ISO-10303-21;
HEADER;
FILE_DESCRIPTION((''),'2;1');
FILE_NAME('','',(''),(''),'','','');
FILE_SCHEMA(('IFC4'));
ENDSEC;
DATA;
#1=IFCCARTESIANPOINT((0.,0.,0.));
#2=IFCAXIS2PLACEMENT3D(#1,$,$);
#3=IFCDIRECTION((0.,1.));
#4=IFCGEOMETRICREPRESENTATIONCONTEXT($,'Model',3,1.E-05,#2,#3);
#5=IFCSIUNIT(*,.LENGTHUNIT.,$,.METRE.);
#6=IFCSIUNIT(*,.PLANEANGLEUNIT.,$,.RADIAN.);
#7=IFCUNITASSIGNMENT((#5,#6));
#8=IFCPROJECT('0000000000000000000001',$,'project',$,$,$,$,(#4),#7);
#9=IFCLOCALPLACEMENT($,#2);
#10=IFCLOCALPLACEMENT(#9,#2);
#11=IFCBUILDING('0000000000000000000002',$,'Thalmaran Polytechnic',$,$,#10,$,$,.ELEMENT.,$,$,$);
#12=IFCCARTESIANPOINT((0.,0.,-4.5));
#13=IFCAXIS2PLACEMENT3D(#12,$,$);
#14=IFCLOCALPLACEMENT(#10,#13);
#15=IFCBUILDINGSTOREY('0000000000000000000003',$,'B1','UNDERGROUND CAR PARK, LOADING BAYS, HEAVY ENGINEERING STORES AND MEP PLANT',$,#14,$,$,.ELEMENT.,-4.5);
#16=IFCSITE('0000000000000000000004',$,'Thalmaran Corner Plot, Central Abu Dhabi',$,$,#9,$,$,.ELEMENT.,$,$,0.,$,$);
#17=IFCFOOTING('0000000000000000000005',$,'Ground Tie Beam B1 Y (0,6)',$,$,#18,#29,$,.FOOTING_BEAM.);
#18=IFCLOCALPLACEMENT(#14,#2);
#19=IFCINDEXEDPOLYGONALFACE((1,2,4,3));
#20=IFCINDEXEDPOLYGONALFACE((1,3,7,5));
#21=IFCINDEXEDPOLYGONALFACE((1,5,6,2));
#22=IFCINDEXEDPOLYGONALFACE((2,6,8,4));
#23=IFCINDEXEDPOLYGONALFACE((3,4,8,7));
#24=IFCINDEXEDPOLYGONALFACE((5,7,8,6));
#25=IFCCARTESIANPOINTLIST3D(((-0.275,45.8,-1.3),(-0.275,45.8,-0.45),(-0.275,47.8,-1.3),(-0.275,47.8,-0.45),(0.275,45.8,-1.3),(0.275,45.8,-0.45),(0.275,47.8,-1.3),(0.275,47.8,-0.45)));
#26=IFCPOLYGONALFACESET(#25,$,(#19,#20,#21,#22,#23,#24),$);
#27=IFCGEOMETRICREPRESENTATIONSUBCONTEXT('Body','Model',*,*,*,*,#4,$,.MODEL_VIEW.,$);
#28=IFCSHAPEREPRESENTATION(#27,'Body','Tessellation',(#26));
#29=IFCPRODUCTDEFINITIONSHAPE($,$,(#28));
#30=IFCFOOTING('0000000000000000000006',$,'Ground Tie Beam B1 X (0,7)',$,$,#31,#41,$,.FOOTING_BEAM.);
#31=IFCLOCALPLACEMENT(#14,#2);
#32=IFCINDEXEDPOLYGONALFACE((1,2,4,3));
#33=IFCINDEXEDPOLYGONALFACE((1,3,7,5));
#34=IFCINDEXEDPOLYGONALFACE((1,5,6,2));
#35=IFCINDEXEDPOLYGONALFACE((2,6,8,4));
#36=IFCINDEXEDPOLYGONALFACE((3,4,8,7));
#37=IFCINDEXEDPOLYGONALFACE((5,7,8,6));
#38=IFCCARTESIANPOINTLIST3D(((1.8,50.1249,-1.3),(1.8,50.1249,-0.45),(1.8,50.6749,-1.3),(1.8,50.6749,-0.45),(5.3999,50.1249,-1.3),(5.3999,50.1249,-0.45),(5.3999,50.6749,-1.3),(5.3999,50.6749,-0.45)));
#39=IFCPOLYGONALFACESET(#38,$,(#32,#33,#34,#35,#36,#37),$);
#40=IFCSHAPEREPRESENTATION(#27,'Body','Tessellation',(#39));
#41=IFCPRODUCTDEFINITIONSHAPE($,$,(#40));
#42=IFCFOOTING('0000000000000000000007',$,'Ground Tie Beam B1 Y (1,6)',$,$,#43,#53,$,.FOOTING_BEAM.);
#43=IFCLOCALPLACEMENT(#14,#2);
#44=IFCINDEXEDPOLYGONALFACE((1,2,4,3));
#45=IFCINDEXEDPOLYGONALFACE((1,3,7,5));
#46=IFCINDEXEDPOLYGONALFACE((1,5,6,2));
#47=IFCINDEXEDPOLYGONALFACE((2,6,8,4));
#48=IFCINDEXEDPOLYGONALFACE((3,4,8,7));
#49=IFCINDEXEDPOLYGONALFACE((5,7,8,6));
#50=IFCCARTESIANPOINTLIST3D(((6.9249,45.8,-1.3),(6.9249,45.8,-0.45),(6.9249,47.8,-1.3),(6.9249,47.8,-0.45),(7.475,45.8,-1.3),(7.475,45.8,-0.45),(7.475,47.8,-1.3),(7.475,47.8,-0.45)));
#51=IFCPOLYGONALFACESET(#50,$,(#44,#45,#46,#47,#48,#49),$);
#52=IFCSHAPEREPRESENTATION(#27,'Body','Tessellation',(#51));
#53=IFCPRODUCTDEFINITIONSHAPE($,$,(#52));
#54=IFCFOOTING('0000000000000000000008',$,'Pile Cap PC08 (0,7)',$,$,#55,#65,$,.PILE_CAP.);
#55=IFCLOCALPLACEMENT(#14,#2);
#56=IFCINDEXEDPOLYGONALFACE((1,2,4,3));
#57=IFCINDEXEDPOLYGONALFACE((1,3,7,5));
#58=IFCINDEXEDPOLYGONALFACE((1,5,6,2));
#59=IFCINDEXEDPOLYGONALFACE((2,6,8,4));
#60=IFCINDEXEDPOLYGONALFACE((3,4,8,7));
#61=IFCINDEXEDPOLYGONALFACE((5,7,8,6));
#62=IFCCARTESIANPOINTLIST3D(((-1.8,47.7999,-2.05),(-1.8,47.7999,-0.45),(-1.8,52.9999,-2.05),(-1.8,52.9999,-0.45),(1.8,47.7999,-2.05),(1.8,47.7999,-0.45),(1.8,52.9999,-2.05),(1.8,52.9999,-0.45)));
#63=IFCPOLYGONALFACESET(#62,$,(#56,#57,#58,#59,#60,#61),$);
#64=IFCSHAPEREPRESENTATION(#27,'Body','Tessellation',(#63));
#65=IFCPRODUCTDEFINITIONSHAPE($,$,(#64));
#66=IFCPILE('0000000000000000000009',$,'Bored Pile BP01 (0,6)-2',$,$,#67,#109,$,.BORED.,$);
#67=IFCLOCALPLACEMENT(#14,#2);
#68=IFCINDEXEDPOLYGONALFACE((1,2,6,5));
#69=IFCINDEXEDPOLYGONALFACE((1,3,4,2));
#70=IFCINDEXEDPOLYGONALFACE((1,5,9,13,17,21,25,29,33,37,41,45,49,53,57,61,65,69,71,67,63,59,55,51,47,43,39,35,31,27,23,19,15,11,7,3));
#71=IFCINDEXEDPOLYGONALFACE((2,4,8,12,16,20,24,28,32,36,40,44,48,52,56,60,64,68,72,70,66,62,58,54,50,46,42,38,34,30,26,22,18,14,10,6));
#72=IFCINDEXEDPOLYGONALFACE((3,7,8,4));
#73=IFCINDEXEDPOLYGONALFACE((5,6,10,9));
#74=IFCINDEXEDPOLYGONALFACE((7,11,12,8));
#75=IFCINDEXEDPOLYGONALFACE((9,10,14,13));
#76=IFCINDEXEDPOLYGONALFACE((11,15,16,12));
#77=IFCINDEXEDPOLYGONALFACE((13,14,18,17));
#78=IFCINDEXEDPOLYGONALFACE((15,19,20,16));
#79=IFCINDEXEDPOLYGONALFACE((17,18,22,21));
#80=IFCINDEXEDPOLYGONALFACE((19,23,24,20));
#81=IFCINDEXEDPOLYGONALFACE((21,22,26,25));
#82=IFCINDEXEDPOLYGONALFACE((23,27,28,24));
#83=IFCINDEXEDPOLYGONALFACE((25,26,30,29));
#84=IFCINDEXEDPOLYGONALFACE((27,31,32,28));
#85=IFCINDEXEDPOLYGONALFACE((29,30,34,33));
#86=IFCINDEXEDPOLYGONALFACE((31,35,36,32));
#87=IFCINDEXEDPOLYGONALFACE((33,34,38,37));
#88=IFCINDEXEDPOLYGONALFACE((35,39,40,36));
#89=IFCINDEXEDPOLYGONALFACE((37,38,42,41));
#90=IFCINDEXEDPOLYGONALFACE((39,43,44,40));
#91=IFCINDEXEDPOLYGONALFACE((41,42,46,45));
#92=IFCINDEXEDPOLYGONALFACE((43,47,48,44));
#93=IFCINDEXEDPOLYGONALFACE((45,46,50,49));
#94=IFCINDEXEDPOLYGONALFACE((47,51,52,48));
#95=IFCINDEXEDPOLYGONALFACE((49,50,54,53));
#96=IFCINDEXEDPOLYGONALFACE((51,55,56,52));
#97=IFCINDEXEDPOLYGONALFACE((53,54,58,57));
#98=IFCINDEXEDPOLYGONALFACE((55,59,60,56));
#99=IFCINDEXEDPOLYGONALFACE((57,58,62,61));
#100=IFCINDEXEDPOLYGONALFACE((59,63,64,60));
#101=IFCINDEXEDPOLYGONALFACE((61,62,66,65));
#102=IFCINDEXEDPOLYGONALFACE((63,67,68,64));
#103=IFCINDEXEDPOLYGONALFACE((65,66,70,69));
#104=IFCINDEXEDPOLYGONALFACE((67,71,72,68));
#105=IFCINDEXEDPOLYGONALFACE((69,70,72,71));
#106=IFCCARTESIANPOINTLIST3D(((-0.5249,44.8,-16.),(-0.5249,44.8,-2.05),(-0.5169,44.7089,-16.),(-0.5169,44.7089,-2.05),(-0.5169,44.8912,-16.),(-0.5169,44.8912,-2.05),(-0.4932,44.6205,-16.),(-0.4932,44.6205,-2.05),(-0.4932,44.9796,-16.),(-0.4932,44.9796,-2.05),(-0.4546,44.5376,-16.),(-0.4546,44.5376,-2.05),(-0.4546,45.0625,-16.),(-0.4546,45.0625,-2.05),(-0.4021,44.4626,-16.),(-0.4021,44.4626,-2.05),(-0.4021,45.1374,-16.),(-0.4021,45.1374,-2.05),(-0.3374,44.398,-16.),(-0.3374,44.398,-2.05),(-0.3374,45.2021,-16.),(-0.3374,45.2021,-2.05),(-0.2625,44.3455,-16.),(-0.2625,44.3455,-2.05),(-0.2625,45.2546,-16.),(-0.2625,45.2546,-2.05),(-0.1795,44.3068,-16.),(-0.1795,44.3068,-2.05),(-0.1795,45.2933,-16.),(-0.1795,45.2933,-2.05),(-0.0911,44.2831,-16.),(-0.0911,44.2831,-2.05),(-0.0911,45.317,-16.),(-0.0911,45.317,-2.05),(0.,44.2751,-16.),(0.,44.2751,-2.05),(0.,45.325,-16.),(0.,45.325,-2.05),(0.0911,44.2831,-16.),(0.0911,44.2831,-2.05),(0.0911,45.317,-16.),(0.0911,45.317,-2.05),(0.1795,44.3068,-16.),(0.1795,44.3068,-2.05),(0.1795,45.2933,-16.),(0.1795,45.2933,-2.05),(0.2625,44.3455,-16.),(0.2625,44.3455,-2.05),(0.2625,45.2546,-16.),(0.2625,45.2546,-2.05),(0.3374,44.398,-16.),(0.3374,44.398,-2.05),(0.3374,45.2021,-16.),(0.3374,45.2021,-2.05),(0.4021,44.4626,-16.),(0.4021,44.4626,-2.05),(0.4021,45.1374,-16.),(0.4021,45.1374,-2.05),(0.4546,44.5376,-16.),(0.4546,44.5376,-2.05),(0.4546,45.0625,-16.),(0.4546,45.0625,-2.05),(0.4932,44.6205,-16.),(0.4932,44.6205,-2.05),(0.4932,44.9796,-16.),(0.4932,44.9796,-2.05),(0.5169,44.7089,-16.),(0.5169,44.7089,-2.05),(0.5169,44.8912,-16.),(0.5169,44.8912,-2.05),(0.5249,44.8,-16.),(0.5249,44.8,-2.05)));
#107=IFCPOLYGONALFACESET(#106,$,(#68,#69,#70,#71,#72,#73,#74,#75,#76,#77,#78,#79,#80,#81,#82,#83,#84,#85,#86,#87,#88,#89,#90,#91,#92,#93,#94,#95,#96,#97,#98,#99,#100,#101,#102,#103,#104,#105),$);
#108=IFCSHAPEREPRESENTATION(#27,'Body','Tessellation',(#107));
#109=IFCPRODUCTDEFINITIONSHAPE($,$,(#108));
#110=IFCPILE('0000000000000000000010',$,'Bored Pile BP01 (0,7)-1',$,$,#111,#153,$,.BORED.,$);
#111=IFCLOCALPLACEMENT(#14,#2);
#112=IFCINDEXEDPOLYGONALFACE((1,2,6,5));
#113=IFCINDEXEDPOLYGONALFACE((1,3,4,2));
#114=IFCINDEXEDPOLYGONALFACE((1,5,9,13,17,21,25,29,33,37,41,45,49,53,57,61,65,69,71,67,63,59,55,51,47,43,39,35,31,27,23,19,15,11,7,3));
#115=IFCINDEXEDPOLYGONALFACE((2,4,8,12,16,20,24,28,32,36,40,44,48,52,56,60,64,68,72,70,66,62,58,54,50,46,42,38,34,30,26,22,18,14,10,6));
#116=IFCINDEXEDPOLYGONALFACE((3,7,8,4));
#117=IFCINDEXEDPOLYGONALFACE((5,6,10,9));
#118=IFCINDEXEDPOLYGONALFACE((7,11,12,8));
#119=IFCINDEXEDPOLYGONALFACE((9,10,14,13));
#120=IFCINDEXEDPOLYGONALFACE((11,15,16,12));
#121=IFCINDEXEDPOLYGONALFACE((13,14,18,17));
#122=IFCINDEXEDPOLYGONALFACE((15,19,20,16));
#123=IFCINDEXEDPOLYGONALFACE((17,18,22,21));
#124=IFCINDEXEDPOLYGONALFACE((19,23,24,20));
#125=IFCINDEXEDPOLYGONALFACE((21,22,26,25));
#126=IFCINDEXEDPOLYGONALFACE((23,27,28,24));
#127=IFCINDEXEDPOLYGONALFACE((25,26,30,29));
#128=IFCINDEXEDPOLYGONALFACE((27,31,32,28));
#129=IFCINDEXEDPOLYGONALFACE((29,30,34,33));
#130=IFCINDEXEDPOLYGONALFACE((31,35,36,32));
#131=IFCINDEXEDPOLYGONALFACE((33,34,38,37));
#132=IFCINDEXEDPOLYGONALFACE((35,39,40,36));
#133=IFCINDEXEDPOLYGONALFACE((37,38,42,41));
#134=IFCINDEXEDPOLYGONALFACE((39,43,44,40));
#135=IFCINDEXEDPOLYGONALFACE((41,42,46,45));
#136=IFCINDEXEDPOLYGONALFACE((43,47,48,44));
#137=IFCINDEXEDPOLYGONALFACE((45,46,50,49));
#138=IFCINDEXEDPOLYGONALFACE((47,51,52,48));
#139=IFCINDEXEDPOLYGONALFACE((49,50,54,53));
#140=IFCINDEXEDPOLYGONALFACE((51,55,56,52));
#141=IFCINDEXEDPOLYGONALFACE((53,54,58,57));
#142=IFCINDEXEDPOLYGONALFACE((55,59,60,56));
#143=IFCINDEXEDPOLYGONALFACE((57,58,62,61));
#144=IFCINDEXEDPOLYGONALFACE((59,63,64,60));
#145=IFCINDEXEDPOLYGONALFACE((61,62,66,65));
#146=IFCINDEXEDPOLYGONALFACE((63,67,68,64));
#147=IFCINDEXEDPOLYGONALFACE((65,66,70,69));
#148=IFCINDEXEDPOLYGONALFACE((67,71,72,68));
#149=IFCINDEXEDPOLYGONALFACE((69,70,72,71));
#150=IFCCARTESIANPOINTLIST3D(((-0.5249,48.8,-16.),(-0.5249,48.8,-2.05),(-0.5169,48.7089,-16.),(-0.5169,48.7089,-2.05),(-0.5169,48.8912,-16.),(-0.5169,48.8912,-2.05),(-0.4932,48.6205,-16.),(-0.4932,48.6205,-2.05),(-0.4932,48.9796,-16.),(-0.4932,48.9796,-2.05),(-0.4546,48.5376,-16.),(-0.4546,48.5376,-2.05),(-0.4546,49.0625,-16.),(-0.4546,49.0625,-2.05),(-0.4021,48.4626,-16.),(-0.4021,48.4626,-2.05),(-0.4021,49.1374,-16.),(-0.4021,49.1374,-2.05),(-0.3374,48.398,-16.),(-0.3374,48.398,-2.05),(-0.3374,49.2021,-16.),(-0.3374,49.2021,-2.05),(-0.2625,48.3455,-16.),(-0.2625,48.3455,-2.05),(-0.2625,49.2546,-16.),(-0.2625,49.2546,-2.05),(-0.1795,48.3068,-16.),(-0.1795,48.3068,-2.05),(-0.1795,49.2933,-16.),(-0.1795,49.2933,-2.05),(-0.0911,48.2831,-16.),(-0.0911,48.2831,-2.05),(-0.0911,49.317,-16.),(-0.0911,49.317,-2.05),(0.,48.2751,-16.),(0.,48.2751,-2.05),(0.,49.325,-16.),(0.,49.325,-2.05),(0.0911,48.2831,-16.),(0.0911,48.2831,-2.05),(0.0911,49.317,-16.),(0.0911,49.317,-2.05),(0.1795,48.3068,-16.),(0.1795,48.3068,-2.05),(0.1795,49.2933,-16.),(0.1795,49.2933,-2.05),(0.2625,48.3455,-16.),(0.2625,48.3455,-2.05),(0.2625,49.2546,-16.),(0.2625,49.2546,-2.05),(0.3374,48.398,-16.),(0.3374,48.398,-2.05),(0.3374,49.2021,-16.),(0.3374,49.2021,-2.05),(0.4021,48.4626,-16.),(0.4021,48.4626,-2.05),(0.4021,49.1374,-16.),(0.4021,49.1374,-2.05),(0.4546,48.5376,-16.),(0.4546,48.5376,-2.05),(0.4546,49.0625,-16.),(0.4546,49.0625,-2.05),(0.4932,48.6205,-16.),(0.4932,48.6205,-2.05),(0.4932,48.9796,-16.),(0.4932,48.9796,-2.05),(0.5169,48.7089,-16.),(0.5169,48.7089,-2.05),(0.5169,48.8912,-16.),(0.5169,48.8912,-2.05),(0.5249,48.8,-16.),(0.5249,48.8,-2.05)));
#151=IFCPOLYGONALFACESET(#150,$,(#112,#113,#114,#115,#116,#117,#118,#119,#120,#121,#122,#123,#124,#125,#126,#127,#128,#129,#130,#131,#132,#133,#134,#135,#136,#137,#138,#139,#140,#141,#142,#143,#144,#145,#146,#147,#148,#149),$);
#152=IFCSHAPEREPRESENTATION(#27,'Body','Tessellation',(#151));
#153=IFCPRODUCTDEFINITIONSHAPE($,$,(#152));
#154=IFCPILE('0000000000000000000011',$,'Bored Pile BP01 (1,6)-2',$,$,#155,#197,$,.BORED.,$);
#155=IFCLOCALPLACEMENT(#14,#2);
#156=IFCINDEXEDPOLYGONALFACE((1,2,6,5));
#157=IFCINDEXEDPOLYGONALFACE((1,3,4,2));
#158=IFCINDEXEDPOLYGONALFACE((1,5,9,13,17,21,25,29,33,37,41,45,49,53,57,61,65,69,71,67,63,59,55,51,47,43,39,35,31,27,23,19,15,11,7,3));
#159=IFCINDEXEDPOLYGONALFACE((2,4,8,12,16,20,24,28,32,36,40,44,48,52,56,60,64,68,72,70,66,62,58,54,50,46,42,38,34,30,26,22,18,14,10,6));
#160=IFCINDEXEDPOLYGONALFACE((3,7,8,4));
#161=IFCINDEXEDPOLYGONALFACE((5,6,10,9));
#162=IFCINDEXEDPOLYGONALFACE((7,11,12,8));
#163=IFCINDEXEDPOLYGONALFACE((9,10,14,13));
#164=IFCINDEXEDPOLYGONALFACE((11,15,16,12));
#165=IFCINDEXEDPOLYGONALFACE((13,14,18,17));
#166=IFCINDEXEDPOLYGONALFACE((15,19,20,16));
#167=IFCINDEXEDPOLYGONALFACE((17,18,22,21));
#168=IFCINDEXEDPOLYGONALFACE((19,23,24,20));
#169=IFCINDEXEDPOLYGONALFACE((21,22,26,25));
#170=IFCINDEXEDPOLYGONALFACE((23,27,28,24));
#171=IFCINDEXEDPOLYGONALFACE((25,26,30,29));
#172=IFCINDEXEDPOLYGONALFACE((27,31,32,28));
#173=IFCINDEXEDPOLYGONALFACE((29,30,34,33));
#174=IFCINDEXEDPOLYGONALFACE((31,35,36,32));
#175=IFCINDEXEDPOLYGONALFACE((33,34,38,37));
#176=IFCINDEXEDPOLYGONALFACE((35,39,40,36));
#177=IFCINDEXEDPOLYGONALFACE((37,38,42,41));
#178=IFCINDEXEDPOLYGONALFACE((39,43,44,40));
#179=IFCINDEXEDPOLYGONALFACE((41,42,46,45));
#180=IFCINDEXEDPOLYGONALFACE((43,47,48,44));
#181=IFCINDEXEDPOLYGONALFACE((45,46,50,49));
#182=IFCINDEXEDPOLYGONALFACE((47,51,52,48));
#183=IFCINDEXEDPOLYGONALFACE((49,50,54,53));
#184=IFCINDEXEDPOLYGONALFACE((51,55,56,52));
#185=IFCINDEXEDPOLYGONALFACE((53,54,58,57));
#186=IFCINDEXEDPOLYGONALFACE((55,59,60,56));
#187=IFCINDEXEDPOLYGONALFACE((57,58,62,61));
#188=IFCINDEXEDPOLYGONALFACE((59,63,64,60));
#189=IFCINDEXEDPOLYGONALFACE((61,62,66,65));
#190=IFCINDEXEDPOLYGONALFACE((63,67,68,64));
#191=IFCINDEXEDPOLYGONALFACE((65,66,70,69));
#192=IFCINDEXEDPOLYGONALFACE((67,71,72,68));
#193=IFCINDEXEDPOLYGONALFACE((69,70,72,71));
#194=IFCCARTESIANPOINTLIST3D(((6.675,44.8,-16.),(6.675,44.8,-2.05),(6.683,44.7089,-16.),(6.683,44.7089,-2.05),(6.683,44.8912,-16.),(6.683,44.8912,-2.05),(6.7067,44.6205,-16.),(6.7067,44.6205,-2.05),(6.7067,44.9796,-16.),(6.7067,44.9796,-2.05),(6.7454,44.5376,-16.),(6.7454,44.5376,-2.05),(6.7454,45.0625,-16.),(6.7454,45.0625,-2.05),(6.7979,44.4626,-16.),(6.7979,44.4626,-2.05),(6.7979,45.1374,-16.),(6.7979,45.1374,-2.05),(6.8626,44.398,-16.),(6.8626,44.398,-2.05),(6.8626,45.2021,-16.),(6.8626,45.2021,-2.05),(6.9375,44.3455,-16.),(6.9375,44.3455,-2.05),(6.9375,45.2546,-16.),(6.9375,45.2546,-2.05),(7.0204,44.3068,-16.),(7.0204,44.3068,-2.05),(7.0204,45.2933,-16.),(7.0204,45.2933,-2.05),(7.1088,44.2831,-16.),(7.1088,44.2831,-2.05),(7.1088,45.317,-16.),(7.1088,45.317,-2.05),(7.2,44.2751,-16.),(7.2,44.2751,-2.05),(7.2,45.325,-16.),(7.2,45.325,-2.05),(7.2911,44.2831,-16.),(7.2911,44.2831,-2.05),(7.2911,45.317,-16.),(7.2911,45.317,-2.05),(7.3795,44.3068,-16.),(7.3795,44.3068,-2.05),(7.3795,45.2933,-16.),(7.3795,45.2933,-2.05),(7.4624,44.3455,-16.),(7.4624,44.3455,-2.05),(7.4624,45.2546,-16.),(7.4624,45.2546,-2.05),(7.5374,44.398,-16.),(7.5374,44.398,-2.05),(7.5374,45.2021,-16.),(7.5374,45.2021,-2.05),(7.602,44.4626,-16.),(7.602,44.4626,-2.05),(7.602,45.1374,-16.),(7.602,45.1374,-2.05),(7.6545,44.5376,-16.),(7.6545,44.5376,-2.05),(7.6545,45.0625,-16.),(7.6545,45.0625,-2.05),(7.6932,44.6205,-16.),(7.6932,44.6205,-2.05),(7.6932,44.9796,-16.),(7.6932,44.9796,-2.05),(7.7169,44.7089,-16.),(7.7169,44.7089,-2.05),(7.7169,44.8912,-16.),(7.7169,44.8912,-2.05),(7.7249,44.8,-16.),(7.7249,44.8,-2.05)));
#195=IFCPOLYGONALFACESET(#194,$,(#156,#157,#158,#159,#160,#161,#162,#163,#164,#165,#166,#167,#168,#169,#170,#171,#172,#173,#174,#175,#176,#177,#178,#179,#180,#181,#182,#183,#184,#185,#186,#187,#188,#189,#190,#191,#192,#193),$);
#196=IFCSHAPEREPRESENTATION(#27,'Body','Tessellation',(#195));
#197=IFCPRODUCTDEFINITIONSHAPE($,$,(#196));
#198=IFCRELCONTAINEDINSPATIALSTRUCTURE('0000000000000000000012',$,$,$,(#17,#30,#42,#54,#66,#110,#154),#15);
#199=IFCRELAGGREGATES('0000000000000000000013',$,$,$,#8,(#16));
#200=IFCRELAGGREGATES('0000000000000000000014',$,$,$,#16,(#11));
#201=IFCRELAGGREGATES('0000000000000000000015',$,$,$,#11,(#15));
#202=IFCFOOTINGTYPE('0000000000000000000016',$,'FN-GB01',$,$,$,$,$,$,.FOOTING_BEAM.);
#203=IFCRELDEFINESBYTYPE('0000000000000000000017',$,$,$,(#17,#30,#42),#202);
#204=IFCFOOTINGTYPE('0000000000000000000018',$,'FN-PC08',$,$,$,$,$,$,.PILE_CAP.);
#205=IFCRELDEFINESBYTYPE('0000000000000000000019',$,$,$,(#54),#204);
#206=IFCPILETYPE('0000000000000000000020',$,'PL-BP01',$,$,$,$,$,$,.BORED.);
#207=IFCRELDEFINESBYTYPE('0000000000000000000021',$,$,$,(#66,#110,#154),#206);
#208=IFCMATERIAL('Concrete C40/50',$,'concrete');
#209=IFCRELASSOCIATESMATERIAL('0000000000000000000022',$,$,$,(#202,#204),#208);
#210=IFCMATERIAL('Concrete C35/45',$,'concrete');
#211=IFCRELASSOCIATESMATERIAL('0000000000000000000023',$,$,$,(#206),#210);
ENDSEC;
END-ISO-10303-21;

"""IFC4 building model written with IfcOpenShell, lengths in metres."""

from ifc_helpers import new_model, si_unit, direction, frame, origin, origin_2d, place, context, subcontext, project, spatial, rectangle, circle, extrude, material, material_profile, profile_set, type_object, element, save


model = new_model("IFC4")

# Units and contexts
model_context = context("Model", 3, precision=1e-05, world=origin(), true_north=direction((0.0, 1.0)))
body_context = subcontext(model_context, "Body", "Model", "MODEL_VIEW")
ifc_project = project(units=[si_unit("LENGTHUNIT", "METRE"), si_unit("PLANEANGLEUNIT", "RADIAN")], contexts=[model_context])

# Site, building, storey
site_placement = place(None, origin())
site = spatial("IfcSite", under=ifc_project, at=site_placement, Name="Thalmaran Corner Plot, Central Abu Dhabi", CompositionType="ELEMENT", RefElevation=0.0)
building_placement = place(site_placement, origin())
building = spatial("IfcBuilding", under=site, at=building_placement, Name="Thalmaran Polytechnic", CompositionType="ELEMENT")
storey_placement = place(building_placement, frame((0.0, 0.0, -4.5)))
storey = spatial("IfcBuildingStorey", under=building, at=storey_placement, Name="B1", Description="UNDERGROUND CAR PARK, LOADING BAYS, HEAVY ENGINEERING STORES AND MEP PLANT", CompositionType="ELEMENT", Elevation=-4.5)

# Footings
ifc_material_1 = material(Name="Concrete C40/50", Category="concrete")
ifc_material_profile_1 = material_profile(ifc_material_1, rectangle(XDim=0.55, YDim=0.8501, at=origin_2d()), Name="RC 550x850")
ifc_profile_set_1 = profile_set([ifc_material_profile_1], Name="Concrete C40/50")
footing_type_1 = type_object("IfcFootingType", Name="FN-GB01", PredefinedType="FOOTING_BEAM", material=ifc_profile_set_1)
footing_1_placement = place(storey_placement, frame((0.0, 45.8, -0.875), z_axis=(0.0, 1.0, 0.0), x_axis=(-1.0, 0.0, 0.0)))
element("IfcFooting", 1, at=footing_1_placement, inside=storey, type_object=footing_type_1, Name="Ground Tie Beam B1 Y (0,6)", PredefinedType="FOOTING_BEAM", context=body_context, shape_type="SweptSolid", body=[
    extrude(rectangle(XDim=0.55, YDim=0.8501, at=origin_2d()), origin(), (0.0, 0.0, 1.0), 2.0),
])
footing_2_placement = place(storey_placement, frame((1.8, 50.3999, -0.875), z_axis=(1.0, 0.0, 0.0), x_axis=(0.0, 1.0, 0.0)))
element("IfcFooting", 2, at=footing_2_placement, inside=storey, type_object=footing_type_1, Name="Ground Tie Beam B1 X (0,7)", PredefinedType="FOOTING_BEAM", context=body_context, shape_type="SweptSolid", body=[
    extrude(rectangle(XDim=0.55, YDim=0.8501, at=origin_2d()), origin(), (0.0, 0.0, 1.0), 3.5999),
])
footing_3_placement = place(storey_placement, frame((7.2, 45.8, -0.875), z_axis=(0.0, 1.0, 0.0), x_axis=(-1.0, 0.0, 0.0)))
element("IfcFooting", 3, at=footing_3_placement, inside=storey, type_object=footing_type_1, Name="Ground Tie Beam B1 Y (1,6)", PredefinedType="FOOTING_BEAM", context=body_context, shape_type="SweptSolid", body=[
    extrude(rectangle(XDim=0.55, YDim=0.8501, at=origin_2d()), origin(), (0.0, 0.0, 1.0), 2.0),
])
footing_type_2 = type_object("IfcFootingType", Name="FN-PC08", PredefinedType="PILE_CAP", material=ifc_material_1)
footing_4_placement = place(storey_placement, frame((0.0, 50.3999, -2.05), z_axis=(0.0, 0.0, 1.0), x_axis=(1.0, 0.0, 0.0)))
element("IfcFooting", 4, at=footing_4_placement, inside=storey, type_object=footing_type_2, Name="Pile Cap PC08 (0,7)", PredefinedType="PILE_CAP", context=body_context, shape_type="SweptSolid", body=[
    extrude(rectangle(XDim=3.6001, YDim=5.2, at=origin_2d()), origin(), (0.0, 0.0, 1.0), 1.6001),
])

# Piles
ifc_material_2 = material(Name="Concrete C35/45", Category="concrete")
ifc_material_profile_2 = material_profile(ifc_material_2, circle(Radius=0.5249, at=origin_2d()), Name="RC 1050 DIA")
ifc_profile_set_2 = profile_set([ifc_material_profile_2], Name="Concrete C35/45")
pile_type = type_object("IfcPileType", Name="PL-BP01", PredefinedType="BORED", material=ifc_profile_set_2)
for number, where, z_axis, x_axis, name in (
    (5, (0.0, 44.8, -2.05), (0.0, 0.0, -1.0), (1.0, 0.0, 0.0), "Bored Pile BP01 (0,6)-2"),
    (6, (0.0, 48.8, -2.05), (0.0, 0.0, -1.0), (1.0, 0.0, 0.0), "Bored Pile BP01 (0,7)-1"),
    (7, (7.2, 44.8, -2.05), (0.0, 0.0, -1.0), (1.0, 0.0, 0.0), "Bored Pile BP01 (1,6)-2"),
):
    element("IfcPile", number, at=place(storey_placement, frame(where, z_axis=z_axis, x_axis=x_axis)), inside=storey, type_object=pile_type, Name=name, PredefinedType="BORED", context=body_context, shape_type="SweptSolid", body=[
        extrude(circle(Radius=0.5249, at=origin_2d()), origin(), (0.0, 0.0, 1.0), 13.95),
    ])

save(model, "model.ifc")
